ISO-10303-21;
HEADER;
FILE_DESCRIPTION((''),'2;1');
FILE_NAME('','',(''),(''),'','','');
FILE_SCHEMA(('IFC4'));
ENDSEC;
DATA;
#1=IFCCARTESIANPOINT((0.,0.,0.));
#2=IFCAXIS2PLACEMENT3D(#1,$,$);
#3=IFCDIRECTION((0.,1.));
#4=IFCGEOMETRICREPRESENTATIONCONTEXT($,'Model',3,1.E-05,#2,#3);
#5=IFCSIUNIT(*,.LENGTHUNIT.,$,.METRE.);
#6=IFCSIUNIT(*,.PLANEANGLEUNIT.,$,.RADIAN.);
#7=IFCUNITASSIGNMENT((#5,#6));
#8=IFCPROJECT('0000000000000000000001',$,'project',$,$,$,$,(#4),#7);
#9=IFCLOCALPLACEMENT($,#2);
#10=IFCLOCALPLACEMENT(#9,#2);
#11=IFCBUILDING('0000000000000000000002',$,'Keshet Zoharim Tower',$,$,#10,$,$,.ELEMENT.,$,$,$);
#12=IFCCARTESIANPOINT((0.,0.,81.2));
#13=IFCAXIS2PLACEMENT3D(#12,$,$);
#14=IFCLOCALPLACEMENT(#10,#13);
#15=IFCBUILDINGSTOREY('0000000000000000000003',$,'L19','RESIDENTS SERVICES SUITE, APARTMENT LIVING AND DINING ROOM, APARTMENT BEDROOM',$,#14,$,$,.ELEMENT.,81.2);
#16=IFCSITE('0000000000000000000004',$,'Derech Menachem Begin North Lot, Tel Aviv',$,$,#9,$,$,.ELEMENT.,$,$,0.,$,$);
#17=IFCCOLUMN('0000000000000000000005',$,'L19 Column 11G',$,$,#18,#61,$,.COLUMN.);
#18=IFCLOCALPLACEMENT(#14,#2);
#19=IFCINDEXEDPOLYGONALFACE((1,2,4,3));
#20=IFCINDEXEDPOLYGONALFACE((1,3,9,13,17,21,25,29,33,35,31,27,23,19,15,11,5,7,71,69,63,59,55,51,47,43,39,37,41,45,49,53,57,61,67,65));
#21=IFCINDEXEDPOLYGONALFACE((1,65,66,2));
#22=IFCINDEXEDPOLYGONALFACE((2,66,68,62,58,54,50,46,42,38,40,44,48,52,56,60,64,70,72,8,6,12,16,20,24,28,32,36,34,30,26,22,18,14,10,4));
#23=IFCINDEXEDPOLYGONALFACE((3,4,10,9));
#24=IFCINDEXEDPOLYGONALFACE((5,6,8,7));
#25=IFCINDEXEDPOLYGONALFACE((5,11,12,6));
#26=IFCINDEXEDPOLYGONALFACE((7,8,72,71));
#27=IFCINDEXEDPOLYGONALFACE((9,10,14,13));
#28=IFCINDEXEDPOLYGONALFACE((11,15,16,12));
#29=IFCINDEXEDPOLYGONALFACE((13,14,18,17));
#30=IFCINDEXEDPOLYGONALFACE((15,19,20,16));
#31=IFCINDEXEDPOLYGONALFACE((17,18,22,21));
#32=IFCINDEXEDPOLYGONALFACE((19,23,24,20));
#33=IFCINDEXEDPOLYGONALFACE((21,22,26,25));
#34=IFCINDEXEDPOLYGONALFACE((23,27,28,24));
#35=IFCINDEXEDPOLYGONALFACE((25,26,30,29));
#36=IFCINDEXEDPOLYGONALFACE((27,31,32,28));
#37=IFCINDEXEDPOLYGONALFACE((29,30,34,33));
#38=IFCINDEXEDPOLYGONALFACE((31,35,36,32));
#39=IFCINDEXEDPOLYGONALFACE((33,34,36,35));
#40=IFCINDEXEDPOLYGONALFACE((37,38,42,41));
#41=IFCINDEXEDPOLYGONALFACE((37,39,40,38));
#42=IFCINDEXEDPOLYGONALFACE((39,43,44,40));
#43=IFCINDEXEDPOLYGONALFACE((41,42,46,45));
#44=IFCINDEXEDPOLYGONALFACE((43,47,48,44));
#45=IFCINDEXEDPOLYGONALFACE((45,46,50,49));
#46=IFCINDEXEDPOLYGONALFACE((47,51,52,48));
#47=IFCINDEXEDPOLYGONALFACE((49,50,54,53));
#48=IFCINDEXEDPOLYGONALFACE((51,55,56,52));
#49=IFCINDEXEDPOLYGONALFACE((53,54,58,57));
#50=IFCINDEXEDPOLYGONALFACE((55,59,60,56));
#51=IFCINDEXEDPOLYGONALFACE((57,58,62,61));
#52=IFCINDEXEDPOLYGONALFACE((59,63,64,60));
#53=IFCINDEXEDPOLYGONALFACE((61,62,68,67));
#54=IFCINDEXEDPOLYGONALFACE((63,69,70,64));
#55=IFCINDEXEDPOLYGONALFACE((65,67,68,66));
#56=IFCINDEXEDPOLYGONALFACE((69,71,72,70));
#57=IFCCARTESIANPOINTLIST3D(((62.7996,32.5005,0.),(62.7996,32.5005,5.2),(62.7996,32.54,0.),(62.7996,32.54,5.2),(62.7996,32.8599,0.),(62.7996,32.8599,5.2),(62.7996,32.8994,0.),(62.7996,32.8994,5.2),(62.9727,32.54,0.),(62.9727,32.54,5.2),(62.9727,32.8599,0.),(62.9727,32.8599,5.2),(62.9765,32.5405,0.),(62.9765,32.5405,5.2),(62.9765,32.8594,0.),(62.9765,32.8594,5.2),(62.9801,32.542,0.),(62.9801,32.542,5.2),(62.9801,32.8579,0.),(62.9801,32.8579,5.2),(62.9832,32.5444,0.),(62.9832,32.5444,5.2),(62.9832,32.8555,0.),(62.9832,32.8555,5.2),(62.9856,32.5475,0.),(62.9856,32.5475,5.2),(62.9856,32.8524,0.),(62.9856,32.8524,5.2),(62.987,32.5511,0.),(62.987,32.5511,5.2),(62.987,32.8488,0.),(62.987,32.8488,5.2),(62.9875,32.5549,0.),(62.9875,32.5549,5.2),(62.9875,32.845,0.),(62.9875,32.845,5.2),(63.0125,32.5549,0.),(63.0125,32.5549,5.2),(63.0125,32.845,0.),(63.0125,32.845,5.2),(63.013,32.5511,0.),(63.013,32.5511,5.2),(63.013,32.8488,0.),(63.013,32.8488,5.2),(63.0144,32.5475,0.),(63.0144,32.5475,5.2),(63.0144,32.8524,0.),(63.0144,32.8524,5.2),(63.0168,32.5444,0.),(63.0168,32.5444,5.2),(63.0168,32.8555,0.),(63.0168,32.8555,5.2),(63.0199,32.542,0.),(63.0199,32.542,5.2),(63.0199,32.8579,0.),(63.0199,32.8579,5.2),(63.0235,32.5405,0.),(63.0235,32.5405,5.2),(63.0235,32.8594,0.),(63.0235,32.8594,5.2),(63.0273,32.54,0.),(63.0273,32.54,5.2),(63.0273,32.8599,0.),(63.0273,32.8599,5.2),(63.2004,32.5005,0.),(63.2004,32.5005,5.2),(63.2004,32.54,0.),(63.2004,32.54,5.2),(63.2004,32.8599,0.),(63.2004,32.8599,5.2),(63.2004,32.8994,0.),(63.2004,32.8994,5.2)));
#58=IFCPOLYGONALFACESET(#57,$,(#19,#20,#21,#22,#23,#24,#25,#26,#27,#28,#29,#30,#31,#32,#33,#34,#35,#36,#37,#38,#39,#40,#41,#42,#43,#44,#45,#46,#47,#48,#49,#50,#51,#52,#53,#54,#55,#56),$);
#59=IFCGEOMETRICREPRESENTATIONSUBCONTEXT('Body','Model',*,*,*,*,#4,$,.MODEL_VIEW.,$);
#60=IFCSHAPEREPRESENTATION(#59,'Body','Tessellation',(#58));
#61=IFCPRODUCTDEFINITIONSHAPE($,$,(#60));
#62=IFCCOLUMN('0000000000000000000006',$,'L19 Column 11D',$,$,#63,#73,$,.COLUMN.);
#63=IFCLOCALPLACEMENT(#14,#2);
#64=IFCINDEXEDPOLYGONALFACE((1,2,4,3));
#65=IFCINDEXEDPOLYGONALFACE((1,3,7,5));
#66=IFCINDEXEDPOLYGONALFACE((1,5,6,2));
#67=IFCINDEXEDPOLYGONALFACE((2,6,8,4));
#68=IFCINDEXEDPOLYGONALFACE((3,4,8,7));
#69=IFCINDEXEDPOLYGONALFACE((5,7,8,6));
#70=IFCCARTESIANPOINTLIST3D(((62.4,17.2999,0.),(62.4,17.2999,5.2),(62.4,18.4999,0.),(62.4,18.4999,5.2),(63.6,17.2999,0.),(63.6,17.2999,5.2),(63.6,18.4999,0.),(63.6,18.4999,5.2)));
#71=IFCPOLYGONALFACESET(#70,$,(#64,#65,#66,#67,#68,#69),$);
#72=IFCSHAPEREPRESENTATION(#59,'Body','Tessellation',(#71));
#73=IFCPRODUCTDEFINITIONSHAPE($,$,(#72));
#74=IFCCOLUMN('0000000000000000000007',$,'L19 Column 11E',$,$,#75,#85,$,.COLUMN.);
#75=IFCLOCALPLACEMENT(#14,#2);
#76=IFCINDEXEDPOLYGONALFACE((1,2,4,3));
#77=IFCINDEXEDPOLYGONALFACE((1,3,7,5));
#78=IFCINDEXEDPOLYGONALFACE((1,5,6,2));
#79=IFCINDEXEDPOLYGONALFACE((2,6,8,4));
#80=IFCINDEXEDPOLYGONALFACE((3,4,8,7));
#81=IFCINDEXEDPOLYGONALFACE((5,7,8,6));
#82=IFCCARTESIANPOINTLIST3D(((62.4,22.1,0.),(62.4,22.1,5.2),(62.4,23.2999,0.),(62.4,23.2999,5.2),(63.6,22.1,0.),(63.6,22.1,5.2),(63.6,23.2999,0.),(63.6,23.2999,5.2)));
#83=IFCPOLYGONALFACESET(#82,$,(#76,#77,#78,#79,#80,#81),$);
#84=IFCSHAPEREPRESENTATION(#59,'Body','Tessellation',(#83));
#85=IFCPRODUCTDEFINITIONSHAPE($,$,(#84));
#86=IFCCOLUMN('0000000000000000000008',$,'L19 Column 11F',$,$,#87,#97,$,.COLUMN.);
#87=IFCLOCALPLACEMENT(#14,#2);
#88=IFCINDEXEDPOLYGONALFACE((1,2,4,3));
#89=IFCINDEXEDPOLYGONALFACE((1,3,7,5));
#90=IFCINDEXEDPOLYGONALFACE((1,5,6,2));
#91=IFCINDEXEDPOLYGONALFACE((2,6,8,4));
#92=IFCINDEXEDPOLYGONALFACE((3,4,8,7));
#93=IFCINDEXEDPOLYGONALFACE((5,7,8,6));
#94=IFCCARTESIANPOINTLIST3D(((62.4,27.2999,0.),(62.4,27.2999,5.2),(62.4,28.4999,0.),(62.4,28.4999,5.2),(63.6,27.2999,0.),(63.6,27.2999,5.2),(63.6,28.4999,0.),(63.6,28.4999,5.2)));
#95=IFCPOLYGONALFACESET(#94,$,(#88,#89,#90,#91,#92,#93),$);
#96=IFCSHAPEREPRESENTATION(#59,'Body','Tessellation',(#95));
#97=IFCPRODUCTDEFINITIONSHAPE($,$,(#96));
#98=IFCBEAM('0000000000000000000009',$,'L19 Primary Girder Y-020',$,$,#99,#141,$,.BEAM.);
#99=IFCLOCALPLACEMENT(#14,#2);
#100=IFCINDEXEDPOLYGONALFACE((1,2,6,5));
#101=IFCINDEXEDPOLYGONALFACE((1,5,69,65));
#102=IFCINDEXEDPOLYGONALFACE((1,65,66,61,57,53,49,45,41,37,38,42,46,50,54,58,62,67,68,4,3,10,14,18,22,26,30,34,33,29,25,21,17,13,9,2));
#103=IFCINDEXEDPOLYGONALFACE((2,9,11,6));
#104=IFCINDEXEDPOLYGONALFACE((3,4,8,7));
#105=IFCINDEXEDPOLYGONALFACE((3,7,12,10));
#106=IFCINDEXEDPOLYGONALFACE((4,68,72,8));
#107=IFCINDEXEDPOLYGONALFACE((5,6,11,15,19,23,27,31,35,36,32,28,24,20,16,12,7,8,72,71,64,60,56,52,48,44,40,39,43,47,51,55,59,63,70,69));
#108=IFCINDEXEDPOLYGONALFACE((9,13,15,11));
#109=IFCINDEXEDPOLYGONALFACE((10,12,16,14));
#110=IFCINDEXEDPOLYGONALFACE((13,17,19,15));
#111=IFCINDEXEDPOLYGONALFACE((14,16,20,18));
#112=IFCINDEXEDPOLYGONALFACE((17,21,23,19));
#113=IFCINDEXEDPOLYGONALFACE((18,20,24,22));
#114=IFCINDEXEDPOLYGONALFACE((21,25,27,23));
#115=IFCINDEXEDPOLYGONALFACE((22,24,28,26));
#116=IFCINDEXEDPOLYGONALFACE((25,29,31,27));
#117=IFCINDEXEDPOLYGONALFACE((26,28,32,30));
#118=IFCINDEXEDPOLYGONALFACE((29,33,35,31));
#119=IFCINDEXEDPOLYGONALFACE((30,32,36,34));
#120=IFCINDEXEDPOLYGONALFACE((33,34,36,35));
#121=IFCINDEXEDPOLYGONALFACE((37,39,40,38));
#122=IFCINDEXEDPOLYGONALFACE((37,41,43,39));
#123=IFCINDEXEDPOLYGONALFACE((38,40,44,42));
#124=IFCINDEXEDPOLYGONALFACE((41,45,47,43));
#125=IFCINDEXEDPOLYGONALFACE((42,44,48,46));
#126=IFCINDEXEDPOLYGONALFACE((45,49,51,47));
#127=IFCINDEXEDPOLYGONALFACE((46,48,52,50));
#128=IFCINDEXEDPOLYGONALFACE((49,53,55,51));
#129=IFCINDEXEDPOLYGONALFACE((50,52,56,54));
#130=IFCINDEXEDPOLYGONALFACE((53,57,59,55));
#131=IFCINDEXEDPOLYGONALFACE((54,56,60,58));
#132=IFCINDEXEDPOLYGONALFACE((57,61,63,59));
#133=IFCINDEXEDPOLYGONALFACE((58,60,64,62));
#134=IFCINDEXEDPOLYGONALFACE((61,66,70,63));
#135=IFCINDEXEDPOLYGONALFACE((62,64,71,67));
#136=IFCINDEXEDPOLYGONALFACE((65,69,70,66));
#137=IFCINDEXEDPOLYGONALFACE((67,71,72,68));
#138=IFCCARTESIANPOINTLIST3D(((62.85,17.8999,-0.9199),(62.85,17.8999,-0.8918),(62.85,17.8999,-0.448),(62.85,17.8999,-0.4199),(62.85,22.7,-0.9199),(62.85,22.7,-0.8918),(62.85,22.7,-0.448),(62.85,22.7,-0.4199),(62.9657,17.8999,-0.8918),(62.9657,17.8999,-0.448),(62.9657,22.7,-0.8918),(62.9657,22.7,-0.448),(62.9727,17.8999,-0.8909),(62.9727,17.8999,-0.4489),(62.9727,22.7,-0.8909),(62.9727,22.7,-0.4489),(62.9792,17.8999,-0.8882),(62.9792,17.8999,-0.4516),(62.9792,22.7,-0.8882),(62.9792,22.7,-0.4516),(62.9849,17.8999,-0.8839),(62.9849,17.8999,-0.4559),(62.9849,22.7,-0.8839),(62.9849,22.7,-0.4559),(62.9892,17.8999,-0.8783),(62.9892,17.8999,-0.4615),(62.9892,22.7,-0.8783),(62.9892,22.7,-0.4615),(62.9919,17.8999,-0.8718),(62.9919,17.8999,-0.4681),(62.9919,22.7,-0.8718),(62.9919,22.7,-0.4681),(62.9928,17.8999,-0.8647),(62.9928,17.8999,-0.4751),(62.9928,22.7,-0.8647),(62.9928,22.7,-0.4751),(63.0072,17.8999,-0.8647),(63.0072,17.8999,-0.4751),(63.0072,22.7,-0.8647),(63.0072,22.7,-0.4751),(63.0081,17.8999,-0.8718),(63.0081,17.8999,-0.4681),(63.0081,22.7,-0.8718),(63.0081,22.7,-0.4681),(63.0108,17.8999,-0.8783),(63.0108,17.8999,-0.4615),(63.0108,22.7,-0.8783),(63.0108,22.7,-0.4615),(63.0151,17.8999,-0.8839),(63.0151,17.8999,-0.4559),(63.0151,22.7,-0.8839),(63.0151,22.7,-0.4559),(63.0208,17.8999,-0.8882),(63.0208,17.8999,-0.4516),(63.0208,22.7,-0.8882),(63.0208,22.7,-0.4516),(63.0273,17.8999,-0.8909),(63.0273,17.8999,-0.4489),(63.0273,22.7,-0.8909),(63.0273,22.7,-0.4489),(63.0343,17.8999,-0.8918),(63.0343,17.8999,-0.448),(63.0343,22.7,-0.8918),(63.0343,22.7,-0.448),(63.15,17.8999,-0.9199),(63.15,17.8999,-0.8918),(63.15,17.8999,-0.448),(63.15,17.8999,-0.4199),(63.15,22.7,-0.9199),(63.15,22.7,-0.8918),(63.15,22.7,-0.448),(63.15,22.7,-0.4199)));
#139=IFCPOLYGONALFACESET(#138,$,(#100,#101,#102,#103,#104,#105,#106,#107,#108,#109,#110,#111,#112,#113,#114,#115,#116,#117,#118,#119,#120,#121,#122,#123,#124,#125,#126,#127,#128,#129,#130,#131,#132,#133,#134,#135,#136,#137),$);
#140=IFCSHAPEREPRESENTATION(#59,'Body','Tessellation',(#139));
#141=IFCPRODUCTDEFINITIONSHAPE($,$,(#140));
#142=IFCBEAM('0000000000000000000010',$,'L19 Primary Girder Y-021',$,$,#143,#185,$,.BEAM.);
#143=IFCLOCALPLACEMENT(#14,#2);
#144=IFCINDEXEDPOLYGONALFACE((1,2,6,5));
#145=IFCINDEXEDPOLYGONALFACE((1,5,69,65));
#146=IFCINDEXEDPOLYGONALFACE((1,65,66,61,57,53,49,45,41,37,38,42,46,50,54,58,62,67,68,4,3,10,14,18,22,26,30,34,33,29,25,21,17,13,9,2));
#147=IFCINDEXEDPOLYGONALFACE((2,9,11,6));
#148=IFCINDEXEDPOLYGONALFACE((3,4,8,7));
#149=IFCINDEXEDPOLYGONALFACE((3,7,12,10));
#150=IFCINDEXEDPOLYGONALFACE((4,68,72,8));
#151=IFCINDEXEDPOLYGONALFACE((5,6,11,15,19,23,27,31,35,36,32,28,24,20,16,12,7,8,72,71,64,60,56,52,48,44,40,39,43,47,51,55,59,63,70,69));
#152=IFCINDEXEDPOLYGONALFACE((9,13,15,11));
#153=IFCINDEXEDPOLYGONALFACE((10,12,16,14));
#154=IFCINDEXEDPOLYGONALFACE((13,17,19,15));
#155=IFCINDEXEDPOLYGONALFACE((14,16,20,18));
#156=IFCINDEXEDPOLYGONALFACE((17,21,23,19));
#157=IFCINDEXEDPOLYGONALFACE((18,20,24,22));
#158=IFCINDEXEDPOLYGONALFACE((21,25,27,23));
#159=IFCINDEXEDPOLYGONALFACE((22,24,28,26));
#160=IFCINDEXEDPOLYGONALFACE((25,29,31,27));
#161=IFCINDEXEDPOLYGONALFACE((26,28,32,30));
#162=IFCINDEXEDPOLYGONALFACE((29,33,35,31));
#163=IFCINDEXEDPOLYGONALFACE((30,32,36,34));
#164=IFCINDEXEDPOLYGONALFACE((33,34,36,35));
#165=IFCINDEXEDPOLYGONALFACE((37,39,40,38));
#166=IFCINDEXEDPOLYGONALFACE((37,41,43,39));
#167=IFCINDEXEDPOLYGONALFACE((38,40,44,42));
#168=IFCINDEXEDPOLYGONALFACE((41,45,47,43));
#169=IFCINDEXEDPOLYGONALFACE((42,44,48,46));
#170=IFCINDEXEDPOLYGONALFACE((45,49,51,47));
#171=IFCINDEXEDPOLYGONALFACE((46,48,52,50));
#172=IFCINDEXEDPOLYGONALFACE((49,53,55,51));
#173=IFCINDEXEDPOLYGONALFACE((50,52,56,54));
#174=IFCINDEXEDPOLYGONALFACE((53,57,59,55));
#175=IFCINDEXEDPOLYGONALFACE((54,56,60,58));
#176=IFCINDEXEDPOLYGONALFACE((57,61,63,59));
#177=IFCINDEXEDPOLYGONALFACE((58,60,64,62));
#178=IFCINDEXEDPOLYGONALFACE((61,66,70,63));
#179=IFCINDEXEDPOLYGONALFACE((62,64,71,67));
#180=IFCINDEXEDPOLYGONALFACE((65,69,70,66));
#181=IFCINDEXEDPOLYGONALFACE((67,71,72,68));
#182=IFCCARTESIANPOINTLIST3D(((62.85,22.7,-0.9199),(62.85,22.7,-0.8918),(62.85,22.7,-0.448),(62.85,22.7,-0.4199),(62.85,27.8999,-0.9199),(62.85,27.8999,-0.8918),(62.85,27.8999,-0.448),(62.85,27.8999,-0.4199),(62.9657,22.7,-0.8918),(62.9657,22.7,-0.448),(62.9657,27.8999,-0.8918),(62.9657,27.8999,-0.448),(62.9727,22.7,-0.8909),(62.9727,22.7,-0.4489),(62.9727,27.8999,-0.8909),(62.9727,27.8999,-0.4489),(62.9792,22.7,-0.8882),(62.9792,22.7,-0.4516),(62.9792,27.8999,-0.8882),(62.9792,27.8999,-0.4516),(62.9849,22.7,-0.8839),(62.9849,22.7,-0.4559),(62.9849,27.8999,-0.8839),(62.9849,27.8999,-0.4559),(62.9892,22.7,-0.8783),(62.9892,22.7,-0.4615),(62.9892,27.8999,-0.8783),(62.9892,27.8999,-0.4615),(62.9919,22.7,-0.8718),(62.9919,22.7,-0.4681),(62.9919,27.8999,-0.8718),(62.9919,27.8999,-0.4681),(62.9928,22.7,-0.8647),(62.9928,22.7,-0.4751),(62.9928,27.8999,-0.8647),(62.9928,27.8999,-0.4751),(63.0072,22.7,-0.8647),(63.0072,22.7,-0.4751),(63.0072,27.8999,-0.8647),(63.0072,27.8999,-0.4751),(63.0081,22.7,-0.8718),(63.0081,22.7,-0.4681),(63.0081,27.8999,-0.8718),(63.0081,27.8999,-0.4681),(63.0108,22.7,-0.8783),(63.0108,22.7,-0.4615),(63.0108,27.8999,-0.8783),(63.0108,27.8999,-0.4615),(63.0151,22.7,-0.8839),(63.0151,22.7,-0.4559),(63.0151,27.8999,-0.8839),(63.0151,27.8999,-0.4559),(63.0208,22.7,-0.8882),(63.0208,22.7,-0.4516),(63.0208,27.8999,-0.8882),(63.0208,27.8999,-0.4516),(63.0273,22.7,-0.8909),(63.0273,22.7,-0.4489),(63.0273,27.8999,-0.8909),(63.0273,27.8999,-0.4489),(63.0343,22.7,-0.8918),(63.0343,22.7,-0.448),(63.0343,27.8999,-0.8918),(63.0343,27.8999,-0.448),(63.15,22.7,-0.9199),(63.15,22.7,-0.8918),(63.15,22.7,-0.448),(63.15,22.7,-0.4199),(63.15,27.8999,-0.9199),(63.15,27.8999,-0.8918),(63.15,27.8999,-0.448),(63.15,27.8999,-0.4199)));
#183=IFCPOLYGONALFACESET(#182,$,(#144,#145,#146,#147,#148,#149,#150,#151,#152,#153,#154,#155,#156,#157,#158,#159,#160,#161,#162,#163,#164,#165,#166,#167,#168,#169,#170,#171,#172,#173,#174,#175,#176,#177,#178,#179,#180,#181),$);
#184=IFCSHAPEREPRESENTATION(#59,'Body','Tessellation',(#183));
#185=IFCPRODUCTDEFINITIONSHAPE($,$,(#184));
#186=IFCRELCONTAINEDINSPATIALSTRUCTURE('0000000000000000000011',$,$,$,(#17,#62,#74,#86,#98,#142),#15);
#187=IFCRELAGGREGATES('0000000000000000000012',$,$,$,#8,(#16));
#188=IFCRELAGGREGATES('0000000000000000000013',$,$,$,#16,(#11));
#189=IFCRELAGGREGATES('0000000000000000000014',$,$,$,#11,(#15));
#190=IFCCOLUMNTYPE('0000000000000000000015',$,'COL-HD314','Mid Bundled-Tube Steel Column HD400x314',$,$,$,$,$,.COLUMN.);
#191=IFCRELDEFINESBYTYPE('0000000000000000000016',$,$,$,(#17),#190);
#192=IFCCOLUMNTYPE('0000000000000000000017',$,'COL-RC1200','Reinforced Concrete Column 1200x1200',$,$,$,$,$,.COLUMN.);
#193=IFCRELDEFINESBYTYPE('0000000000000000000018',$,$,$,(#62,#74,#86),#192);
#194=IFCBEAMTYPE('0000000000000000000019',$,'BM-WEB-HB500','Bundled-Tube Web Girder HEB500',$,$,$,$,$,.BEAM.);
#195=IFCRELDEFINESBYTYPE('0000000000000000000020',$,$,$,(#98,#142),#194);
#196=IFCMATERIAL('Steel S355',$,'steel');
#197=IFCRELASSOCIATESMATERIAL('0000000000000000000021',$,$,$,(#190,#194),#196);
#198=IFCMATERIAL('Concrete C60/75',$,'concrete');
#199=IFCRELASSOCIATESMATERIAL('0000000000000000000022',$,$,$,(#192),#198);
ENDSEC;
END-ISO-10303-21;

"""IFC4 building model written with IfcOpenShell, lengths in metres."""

from ifc_helpers import new_model, si_unit, direction, frame, origin, origin_2d, place, context, subcontext, project, spatial, rectangle, i_section, extrude, material, material_profile, profile_set, type_object, element, save


model = new_model("IFC4")

# Units and contexts
model_context = context("Model", 3, precision=1e-05, world=origin(), true_north=direction((0.0, 1.0)))
body_context = subcontext(model_context, "Body", "Model", "MODEL_VIEW")
ifc_project = project(units=[si_unit("LENGTHUNIT", "METRE"), si_unit("PLANEANGLEUNIT", "RADIAN")], contexts=[model_context])

# Site, building, storey
site_placement = place(None, origin())
site = spatial("IfcSite", under=ifc_project, at=site_placement, Name="Derech Menachem Begin North Lot, Tel Aviv", CompositionType="ELEMENT", RefElevation=0.0)
building_placement = place(site_placement, origin())
building = spatial("IfcBuilding", under=site, at=building_placement, Name="Keshet Zoharim Tower", CompositionType="ELEMENT")
storey_placement = place(building_placement, frame((0.0, 0.0, 81.2)))
storey = spatial("IfcBuildingStorey", under=building, at=storey_placement, Name="L19", Description="RESIDENTS SERVICES SUITE, APARTMENT LIVING AND DINING ROOM, APARTMENT BEDROOM", CompositionType="ELEMENT", Elevation=81.2)

# Columns
ifc_material_1 = material(Name="Steel S355", Category="steel")
ifc_material_profile_1 = material_profile(ifc_material_1, i_section(OverallWidth=0.4009, OverallDepth=0.3989, WebThickness=0.0249, FlangeThickness=0.0396, FilletRadius=0.0149, at=origin_2d()), Name="HD400x314")
ifc_profile_set_1 = profile_set([ifc_material_profile_1], Name="Steel S355")
column_type_1 = type_object("IfcColumnType", Name="COL-HD314", Description="Mid Bundled-Tube Steel Column HD400x314", PredefinedType="COLUMN", material=ifc_profile_set_1)
column_placement = place(storey_placement, frame((63.0, 32.7, 0.0), z_axis=(0.0, 0.0, 1.0), x_axis=(1.0, 0.0, 0.0)))
element("IfcColumn", 1, at=column_placement, inside=storey, type_object=column_type_1, Name="L19 Column 11G", PredefinedType="COLUMN", context=body_context, shape_type="SweptSolid", body=[
    extrude(i_section(OverallWidth=0.4009, OverallDepth=0.3989, WebThickness=0.0249, FlangeThickness=0.0396, FilletRadius=0.0149, at=origin_2d()), origin(), (0.0, 0.0, 1.0), 5.2),
])
ifc_material_2 = material(Name="Concrete C60/75", Category="concrete")
ifc_material_profile_2 = material_profile(ifc_material_2, rectangle(XDim=1.2, YDim=1.2, at=origin_2d()), Name="RC1200x1200")
ifc_profile_set_2 = profile_set([ifc_material_profile_2], Name="Concrete C60/75")
column_type_2 = type_object("IfcColumnType", Name="COL-RC1200", Description="Reinforced Concrete Column 1200x1200", PredefinedType="COLUMN", material=ifc_profile_set_2)
for number, where, z_axis, x_axis, name in (
    (2, (63.0, 17.8999, 0.0), (0.0, 0.0, 1.0), (1.0, 0.0, 0.0), "L19 Column 11D"),
    (3, (63.0, 22.7, 0.0), (0.0, 0.0, 1.0), (1.0, 0.0, 0.0), "L19 Column 11E"),
    (4, (63.0, 27.8999, 0.0), (0.0, 0.0, 1.0), (1.0, 0.0, 0.0), "L19 Column 11F"),
):
    element("IfcColumn", number, at=place(storey_placement, frame(where, z_axis=z_axis, x_axis=x_axis)), inside=storey, type_object=column_type_2, Name=name, PredefinedType="COLUMN", context=body_context, shape_type="SweptSolid", body=[
        extrude(rectangle(XDim=1.2, YDim=1.2, at=origin_2d()), origin(), (0.0, 0.0, 1.0), 5.2),
    ])

# Beams
ifc_material_profile_3 = material_profile(ifc_material_1, i_section(OverallWidth=0.3, OverallDepth=0.5, WebThickness=0.0144, FlangeThickness=0.0281, FilletRadius=0.0271, at=origin_2d()), Name="HEB500")
ifc_profile_set_3 = profile_set([ifc_material_profile_3], Name="Steel S355")
beam_type_1 = type_object("IfcBeamType", Name="BM-WEB-HB500", Description="Bundled-Tube Web Girder HEB500", PredefinedType="BEAM", material=ifc_profile_set_3)
beam_1_placement = place(storey_placement, frame((63.0, 17.8999, -0.6699), z_axis=(0.0, 1.0, 0.0), x_axis=(-1.0, 0.0, 0.0)))
element("IfcBeam", 5, at=beam_1_placement, inside=storey, type_object=beam_type_1, Name="L19 Primary Girder Y-020", PredefinedType="BEAM", context=body_context, shape_type="SweptSolid", body=[
    extrude(i_section(OverallWidth=0.3, OverallDepth=0.5, WebThickness=0.0144, FlangeThickness=0.0281, FilletRadius=0.0271, at=origin_2d()), origin(), (0.0, 0.0, 1.0), 4.8),
])
beam_2_placement = place(storey_placement, frame((63.0, 22.7, -0.6699), z_axis=(0.0, 1.0, 0.0), x_axis=(-1.0, 0.0, 0.0)))
element("IfcBeam", 6, at=beam_2_placement, inside=storey, type_object=beam_type_1, Name="L19 Primary Girder Y-021", PredefinedType="BEAM", context=body_context, shape_type="SweptSolid", body=[
    extrude(i_section(OverallWidth=0.3, OverallDepth=0.5, WebThickness=0.0144, FlangeThickness=0.0281, FilletRadius=0.0271, at=origin_2d()), origin(), (0.0, 0.0, 1.0), 5.2),
])

save(model, "model.ifc")
